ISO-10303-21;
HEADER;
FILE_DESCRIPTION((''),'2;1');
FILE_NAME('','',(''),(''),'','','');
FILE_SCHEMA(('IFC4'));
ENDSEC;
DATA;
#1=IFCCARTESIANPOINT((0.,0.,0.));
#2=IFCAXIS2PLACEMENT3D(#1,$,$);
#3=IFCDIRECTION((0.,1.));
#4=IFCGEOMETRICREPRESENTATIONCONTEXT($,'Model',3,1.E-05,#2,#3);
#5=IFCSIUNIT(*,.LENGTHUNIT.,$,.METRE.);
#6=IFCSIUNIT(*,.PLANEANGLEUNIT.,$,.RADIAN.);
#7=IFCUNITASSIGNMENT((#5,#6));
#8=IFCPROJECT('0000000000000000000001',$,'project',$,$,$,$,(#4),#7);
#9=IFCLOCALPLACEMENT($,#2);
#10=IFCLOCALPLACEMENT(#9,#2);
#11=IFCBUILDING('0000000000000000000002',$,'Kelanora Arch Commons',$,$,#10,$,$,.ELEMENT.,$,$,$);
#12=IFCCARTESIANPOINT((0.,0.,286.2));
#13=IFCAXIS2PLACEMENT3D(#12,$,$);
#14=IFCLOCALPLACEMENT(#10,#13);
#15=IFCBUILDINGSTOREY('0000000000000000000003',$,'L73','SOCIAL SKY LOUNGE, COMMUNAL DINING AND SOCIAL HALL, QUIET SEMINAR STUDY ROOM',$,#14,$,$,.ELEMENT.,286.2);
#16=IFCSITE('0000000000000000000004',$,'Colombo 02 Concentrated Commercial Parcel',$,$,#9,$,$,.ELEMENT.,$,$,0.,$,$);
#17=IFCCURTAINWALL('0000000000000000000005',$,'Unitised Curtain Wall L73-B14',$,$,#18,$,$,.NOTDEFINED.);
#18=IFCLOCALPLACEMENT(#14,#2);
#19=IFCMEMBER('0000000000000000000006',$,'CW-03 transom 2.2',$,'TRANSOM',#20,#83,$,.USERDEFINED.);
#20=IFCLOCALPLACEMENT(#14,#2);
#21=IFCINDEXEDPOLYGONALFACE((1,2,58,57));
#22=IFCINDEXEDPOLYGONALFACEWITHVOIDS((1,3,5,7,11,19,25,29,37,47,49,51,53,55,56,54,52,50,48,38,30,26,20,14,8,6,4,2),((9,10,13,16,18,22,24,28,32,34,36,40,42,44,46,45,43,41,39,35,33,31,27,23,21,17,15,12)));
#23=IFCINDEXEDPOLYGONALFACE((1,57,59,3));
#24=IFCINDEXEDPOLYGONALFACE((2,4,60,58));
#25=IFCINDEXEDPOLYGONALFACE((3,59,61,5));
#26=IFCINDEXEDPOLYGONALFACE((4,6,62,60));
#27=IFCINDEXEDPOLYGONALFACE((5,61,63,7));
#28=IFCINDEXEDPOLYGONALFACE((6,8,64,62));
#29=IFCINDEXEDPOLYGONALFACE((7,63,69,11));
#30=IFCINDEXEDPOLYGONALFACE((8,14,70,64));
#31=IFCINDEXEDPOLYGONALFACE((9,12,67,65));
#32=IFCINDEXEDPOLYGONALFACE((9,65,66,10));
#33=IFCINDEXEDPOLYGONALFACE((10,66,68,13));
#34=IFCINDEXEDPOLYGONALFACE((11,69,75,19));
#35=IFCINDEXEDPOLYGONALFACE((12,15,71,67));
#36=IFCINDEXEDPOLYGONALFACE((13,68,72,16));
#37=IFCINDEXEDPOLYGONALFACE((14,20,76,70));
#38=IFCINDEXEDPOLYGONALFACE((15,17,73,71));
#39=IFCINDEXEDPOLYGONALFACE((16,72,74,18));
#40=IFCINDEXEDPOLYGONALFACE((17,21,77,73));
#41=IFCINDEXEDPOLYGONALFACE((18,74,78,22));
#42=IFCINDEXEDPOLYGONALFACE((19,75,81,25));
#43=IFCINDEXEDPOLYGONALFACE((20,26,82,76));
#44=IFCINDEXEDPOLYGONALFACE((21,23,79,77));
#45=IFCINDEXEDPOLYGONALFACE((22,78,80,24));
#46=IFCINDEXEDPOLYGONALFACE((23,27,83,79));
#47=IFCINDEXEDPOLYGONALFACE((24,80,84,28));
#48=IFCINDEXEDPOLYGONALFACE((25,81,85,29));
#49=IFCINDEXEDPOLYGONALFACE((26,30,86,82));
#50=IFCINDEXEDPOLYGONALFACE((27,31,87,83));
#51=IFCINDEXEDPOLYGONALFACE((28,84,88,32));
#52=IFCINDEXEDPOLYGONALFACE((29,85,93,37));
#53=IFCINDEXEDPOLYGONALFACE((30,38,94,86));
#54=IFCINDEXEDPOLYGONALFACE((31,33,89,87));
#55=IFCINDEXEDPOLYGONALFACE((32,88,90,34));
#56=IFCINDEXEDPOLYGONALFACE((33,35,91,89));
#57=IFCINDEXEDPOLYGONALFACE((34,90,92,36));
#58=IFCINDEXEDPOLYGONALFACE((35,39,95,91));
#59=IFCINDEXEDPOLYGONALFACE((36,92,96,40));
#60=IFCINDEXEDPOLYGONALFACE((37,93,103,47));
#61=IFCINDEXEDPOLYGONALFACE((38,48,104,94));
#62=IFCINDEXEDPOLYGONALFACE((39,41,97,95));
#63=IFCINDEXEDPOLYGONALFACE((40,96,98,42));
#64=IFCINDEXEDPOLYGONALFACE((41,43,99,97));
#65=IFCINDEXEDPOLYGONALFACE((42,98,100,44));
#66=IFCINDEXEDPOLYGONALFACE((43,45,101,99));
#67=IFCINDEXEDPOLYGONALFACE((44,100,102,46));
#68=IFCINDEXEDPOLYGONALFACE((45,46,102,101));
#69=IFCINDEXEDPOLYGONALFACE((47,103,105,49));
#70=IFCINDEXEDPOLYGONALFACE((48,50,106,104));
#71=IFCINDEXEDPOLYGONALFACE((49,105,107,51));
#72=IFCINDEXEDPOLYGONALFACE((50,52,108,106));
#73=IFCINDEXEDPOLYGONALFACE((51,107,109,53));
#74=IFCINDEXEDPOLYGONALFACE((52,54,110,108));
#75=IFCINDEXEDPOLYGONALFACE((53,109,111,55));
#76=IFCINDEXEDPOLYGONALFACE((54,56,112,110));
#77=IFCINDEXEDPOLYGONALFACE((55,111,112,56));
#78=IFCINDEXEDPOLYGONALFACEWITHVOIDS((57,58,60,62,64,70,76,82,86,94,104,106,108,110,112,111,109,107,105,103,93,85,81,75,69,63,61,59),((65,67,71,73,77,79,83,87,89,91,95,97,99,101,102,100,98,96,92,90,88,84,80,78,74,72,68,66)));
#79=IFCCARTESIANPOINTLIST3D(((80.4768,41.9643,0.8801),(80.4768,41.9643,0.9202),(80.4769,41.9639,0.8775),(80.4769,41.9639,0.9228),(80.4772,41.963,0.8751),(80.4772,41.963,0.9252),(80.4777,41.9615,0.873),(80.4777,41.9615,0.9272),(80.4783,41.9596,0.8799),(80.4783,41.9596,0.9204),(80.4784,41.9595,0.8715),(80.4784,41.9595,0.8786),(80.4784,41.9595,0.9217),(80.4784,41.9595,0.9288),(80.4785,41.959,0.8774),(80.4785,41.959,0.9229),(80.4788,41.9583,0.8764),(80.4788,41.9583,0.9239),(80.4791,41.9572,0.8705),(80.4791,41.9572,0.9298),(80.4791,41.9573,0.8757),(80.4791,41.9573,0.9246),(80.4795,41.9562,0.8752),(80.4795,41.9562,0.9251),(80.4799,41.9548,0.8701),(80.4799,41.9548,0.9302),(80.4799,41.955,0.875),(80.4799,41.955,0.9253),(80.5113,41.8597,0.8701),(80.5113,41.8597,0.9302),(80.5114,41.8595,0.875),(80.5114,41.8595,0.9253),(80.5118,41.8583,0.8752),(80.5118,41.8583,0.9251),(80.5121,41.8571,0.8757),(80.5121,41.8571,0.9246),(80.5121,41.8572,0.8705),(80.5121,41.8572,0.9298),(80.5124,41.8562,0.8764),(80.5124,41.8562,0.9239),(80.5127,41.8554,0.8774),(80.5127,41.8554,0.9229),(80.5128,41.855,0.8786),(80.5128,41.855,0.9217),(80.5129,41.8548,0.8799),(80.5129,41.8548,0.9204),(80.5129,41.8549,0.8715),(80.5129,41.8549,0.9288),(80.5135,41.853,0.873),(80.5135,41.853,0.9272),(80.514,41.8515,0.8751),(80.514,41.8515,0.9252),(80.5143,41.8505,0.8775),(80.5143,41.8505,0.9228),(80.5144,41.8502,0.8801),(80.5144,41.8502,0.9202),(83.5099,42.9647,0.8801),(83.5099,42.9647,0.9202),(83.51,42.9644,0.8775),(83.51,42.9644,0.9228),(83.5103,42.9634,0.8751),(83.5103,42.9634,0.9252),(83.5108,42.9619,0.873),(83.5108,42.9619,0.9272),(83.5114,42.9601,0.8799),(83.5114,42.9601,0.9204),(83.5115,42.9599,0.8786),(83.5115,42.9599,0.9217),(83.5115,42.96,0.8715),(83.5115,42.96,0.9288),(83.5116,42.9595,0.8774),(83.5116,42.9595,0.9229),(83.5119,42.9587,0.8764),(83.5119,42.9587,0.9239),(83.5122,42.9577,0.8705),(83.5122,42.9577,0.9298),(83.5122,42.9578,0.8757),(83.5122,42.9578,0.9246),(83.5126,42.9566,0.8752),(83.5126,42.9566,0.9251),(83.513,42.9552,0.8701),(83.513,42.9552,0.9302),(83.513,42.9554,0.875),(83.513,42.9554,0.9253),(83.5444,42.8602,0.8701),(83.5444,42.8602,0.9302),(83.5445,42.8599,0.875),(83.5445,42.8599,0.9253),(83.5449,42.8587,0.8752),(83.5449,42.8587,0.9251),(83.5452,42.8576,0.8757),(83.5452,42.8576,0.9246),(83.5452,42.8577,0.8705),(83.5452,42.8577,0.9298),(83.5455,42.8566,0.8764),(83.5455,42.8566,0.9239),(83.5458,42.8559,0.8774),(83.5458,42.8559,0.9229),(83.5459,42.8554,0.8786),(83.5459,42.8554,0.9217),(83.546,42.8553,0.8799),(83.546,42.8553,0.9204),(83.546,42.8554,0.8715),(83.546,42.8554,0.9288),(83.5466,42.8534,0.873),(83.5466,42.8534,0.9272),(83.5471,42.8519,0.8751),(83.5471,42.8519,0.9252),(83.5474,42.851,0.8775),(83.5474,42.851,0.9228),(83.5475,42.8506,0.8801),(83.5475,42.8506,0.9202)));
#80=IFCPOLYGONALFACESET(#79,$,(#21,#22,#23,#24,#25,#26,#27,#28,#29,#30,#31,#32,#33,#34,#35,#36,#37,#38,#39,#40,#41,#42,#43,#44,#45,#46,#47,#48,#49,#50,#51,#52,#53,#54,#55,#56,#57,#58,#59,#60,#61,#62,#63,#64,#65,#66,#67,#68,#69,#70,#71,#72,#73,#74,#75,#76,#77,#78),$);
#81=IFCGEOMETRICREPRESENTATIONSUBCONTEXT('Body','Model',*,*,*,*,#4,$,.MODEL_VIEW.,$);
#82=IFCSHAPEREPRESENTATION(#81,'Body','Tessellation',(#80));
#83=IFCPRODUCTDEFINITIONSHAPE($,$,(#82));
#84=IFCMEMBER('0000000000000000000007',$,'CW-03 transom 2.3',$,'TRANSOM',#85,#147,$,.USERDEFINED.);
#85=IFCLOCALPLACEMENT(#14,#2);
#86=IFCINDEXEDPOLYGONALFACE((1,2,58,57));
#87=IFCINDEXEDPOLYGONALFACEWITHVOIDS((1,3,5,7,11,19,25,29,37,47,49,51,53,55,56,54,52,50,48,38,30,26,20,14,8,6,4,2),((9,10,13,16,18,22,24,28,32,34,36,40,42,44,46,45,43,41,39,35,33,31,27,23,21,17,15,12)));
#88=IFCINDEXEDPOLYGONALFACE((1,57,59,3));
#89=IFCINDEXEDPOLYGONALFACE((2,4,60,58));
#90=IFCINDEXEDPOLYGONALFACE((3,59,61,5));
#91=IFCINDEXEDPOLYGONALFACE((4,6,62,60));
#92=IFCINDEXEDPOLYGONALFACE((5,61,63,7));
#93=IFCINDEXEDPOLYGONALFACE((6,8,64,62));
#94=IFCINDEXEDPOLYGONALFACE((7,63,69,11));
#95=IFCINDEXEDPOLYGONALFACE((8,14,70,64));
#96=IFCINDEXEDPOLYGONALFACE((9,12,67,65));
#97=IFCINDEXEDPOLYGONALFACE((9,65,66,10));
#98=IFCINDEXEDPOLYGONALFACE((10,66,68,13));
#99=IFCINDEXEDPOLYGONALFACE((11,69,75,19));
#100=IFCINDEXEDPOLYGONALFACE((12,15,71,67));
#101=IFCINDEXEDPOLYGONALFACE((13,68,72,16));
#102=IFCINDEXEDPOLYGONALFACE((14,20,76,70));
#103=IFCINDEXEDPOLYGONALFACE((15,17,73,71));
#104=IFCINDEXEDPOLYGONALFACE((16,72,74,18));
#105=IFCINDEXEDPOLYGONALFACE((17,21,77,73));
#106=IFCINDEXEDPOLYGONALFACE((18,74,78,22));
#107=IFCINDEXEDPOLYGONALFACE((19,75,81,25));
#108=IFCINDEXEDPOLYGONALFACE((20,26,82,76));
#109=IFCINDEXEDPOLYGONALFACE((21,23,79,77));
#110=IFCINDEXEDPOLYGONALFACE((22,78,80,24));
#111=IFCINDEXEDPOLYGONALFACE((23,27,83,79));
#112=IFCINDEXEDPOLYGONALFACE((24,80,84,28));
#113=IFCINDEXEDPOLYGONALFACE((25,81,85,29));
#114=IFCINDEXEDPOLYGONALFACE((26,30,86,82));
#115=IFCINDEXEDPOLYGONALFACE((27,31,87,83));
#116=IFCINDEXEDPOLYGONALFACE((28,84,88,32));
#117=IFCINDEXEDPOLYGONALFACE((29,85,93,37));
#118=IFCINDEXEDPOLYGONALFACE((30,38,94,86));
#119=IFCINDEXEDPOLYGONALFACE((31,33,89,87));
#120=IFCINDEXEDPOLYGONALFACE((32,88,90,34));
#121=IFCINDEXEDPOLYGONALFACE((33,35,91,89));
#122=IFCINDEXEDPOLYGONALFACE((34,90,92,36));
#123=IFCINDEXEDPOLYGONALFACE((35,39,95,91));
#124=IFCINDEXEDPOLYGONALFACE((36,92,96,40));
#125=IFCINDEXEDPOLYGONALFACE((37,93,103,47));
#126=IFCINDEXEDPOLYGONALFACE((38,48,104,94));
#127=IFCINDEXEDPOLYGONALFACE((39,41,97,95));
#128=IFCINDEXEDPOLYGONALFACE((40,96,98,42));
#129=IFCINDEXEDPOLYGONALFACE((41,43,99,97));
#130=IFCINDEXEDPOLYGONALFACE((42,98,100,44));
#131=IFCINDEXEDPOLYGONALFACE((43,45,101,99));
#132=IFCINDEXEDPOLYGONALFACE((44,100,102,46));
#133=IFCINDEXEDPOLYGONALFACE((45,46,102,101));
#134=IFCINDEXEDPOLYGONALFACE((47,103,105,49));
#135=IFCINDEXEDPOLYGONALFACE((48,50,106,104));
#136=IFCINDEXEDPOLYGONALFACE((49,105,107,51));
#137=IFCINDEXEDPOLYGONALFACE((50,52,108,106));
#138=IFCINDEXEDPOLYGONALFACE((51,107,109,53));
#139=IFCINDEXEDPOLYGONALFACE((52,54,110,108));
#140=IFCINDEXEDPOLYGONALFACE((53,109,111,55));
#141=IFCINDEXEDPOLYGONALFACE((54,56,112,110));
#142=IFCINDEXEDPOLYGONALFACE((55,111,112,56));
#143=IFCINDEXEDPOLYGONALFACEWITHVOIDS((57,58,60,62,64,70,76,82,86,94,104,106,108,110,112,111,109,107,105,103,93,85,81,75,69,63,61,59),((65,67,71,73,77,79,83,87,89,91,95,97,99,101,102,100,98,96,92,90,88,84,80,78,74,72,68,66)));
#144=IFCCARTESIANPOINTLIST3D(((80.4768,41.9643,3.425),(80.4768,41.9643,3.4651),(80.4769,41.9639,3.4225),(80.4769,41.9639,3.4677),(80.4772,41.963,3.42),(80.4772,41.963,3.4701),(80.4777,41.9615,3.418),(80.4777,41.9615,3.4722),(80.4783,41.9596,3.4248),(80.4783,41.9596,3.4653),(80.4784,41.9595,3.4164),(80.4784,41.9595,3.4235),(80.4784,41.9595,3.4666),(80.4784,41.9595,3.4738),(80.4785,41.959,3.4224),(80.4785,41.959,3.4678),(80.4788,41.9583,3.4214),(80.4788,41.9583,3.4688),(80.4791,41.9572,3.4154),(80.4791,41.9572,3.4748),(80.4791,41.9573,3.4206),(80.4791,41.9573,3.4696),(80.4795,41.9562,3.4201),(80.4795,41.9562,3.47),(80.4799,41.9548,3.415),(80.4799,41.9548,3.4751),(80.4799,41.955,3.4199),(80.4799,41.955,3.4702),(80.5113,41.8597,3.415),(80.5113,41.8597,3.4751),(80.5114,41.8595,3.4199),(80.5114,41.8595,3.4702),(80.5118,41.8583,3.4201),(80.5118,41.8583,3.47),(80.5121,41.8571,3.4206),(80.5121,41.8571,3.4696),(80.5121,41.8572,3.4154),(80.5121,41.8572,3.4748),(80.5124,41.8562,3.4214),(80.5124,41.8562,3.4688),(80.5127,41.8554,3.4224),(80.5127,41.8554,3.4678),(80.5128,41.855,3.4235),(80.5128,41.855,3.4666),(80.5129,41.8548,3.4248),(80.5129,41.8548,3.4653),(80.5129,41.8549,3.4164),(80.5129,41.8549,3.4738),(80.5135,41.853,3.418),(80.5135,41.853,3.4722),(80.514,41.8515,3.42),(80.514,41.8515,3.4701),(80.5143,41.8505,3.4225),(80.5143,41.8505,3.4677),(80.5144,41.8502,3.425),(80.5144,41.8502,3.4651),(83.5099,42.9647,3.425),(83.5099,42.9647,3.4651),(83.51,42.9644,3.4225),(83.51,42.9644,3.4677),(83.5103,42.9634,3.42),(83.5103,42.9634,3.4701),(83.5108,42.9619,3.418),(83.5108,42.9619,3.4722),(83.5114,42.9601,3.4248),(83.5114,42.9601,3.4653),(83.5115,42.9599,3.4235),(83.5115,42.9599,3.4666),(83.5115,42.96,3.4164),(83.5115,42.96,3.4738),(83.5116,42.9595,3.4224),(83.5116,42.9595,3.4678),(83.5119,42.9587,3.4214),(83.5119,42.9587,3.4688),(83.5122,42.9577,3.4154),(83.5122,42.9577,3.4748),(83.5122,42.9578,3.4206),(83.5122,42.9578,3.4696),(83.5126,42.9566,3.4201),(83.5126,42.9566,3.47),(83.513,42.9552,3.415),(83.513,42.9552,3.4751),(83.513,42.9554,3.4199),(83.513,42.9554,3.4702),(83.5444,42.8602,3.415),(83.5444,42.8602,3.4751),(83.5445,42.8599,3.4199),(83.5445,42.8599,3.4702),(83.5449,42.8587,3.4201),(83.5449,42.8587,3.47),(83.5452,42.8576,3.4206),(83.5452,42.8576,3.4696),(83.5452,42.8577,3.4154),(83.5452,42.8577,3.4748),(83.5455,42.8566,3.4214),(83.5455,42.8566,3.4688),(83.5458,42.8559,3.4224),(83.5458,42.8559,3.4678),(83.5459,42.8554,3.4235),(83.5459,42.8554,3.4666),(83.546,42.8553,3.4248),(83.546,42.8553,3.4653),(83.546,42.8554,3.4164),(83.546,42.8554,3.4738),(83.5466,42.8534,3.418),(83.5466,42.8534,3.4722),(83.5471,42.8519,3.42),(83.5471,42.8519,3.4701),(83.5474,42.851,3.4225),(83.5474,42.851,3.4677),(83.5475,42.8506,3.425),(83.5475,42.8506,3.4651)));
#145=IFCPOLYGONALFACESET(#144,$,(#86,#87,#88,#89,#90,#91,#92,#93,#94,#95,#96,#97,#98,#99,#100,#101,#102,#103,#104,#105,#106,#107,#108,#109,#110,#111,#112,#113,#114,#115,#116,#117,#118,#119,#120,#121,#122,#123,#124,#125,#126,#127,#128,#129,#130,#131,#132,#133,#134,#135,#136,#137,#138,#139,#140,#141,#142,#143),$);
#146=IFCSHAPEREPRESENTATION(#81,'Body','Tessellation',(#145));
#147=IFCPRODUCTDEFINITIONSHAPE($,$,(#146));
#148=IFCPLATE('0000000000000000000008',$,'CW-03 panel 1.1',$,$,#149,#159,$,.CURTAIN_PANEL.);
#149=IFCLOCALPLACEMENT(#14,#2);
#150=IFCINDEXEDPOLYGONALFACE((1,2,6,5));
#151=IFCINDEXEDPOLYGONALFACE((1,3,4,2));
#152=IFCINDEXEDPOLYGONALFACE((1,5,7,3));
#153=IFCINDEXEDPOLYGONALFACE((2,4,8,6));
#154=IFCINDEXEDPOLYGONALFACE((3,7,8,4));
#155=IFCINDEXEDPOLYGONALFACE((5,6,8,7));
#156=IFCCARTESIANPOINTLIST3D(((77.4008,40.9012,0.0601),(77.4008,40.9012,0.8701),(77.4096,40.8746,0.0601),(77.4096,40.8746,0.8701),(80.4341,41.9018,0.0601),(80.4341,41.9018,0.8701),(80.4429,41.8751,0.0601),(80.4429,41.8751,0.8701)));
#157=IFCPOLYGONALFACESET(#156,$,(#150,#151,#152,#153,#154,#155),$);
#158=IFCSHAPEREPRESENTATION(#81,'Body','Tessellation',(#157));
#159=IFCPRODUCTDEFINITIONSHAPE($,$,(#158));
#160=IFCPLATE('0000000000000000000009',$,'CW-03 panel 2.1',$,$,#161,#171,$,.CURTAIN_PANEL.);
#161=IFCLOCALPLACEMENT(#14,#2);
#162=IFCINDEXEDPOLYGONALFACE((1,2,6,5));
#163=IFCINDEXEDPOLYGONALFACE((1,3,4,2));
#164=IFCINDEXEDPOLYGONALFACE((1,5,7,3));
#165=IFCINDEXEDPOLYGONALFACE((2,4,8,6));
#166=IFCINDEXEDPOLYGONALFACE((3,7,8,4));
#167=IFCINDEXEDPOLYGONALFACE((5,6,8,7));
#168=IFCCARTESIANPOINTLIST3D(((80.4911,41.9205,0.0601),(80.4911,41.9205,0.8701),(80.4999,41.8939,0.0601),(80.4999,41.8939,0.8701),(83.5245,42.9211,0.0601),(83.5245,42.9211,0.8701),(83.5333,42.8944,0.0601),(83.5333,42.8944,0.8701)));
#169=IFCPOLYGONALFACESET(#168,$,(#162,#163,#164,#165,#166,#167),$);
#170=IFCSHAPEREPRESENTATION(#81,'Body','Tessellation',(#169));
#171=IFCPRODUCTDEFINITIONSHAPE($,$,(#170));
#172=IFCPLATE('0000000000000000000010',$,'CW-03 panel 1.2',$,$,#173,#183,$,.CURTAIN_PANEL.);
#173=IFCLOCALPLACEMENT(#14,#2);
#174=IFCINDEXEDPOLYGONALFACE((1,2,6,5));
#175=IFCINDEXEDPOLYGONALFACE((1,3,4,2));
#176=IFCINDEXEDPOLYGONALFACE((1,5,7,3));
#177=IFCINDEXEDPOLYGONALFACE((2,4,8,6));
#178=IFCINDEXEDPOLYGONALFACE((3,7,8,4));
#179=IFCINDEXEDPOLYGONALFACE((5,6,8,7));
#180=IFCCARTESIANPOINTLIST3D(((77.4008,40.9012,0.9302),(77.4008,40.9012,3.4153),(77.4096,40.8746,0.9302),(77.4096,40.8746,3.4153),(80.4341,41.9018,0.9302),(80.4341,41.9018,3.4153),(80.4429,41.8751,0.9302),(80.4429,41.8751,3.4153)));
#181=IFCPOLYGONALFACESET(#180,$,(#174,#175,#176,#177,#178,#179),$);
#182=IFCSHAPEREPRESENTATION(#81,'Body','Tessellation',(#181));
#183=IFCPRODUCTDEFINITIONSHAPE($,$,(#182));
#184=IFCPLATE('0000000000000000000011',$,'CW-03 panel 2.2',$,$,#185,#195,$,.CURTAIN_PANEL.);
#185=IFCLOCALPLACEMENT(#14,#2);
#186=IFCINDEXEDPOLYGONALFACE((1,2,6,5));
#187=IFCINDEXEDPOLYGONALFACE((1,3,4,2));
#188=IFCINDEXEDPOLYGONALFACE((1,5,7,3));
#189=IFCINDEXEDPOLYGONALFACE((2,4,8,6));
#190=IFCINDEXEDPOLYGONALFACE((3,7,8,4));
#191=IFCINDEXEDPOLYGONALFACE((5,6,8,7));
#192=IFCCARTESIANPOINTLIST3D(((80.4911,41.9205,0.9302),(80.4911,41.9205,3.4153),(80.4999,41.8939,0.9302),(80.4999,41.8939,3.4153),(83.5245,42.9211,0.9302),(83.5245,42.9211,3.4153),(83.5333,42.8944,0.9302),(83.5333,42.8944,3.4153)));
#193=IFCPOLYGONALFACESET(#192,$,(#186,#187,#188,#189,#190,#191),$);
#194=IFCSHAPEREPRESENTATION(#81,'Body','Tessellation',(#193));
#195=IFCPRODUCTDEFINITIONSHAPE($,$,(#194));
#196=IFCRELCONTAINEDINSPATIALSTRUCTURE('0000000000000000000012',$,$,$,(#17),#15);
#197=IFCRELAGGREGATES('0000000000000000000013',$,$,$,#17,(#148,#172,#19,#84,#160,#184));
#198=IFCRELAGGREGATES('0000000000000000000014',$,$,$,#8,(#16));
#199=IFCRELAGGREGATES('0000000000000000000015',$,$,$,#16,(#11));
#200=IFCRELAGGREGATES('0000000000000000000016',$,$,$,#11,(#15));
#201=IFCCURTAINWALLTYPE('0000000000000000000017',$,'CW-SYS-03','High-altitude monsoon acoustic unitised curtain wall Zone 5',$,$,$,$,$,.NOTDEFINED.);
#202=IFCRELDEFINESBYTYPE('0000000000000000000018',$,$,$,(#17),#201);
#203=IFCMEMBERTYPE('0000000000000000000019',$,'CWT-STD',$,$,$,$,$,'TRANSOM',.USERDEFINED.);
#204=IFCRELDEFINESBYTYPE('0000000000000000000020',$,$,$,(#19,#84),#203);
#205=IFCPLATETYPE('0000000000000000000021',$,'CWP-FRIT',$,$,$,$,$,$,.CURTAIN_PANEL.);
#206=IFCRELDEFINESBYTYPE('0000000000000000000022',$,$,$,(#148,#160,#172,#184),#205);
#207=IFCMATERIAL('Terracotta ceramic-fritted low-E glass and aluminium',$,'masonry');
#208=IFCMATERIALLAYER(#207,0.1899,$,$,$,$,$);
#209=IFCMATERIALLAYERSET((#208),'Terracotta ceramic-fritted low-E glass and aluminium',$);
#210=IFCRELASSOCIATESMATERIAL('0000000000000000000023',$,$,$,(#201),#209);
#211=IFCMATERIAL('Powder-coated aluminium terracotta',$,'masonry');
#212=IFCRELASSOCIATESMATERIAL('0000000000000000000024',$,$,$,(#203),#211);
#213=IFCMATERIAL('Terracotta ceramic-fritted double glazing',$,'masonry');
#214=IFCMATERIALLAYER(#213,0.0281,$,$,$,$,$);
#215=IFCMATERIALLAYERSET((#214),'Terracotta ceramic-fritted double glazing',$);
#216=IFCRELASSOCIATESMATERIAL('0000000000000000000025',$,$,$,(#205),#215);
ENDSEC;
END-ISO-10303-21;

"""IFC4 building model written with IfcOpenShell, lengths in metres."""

from ifc_helpers import new_model, si_unit, direction, frame, origin, origin_2d, place, context, subcontext, project, spatial, rectangle, hollow_rectangle, extrude, source, transform, mapped, material, layer, layer_set, material_profile, profile_set, type_object, element, aggregate, save


model = new_model("IFC4")

# Units and contexts
model_context = context("Model", 3, precision=1e-05, world=origin(), true_north=direction((0.0, 1.0)))
body_context = subcontext(model_context, "Body", "Model", "MODEL_VIEW")
ifc_project = project(units=[si_unit("LENGTHUNIT", "METRE"), si_unit("PLANEANGLEUNIT", "RADIAN")], contexts=[model_context])

# Site, building, storey
site_placement = place(None, origin())
site = spatial("IfcSite", under=ifc_project, at=site_placement, Name="Colombo 02 Concentrated Commercial Parcel", CompositionType="ELEMENT", RefElevation=0.0)
building_placement = place(site_placement, origin())
building = spatial("IfcBuilding", under=site, at=building_placement, Name="Kelanora Arch Commons", CompositionType="ELEMENT")
storey_placement = place(building_placement, frame((0.0, 0.0, 286.2)))
storey = spatial("IfcBuildingStorey", under=building, at=storey_placement, Name="L73", Description="SOCIAL SKY LOUNGE, COMMUNAL DINING AND SOCIAL HALL, QUIET SEMINAR STUDY ROOM", CompositionType="ELEMENT", Elevation=286.2)

# Curtain wall, members, plates
ifc_material_1 = material(Name="Terracotta ceramic-fritted low-E glass and aluminium", Category="masonry")
ifc_layer_1 = layer(ifc_material_1, 0.1899)
ifc_layer_set_1 = layer_set([ifc_layer_1], Name="Terracotta ceramic-fritted low-E glass and aluminium")
curtain_wall_type = type_object("IfcCurtainWallType", Name="CW-SYS-03", Description="High-altitude monsoon acoustic unitised curtain wall Zone 5", PredefinedType="NOTDEFINED", material=ifc_layer_set_1)
curtain_wall_placement = place(storey_placement, origin())
curtain_wall = element("IfcCurtainWall", 1, at=curtain_wall_placement, inside=storey, type_object=curtain_wall_type, Name="Unitised Curtain Wall L73-B14", PredefinedType="NOTDEFINED")
ifc_material_2 = material(Name="Powder-coated aluminium terracotta", Category="masonry")
ifc_material_profile_1 = material_profile(ifc_material_2, hollow_rectangle(XDim=0.1201, YDim=0.0601, WallThickness=0.0049, InnerFilletRadius=0.0049, OuterFilletRadius=0.01, at=origin_2d()), Name="CWT120x60")
ifc_profile_set_1 = profile_set([ifc_material_profile_1], Name="Powder-coated aluminium terracotta")
member_type_1 = type_object("IfcMemberType", Name="CWT-STD", ElementType="TRANSOM", PredefinedType="USERDEFINED", material=ifc_profile_set_1)
member_1_placement = place(storey_placement, frame((80.4956, 41.9072, 0.9001), z_axis=(0.949672, 0.313245, 0.0), x_axis=(-0.313245, 0.949672, 0.0)))
member_1 = element("IfcMember", 2, at=member_1_placement, type_object=member_type_1, Name="CW-03 transom 2.2", ObjectType="TRANSOM", PredefinedType="USERDEFINED", context=body_context, shape_type="SweptSolid", body=[
    extrude(hollow_rectangle(XDim=0.1201, YDim=0.0601, WallThickness=0.0049, InnerFilletRadius=0.0049, OuterFilletRadius=0.01, at=origin_2d()), origin(), (0.0, 0.0, 1.0), 3.1938),
])
member_2_placement = place(storey_placement, frame((80.4956, 41.9072, 3.4451), z_axis=(0.949672, 0.313245, 0.0), x_axis=(-0.313245, 0.949672, 0.0)))
member_2 = element("IfcMember", 3, at=member_2_placement, type_object=member_type_1, Name="CW-03 transom 2.3", ObjectType="TRANSOM", PredefinedType="USERDEFINED", context=body_context, shape_type="SweptSolid", body=[
    extrude(hollow_rectangle(XDim=0.1201, YDim=0.0601, WallThickness=0.0049, InnerFilletRadius=0.0049, OuterFilletRadius=0.01, at=origin_2d()), origin(), (0.0, 0.0, 1.0), 3.1938),
])
ifc_material_3 = material(Name="Terracotta ceramic-fritted double glazing", Category="masonry")
ifc_layer_2 = layer(ifc_material_3, 0.0281)
ifc_layer_set_2 = layer_set([ifc_layer_2], Name="Terracotta ceramic-fritted double glazing")
plate_type = type_object("IfcPlateType", Name="CWP-FRIT", PredefinedType="CURTAIN_PANEL", material=ifc_layer_set_2)
shared_shape_1 = source(origin(), body_context, "Body", "SweptSolid", [
    extrude(rectangle(XDim=3.1941, YDim=0.0281, at=origin_2d()), origin(), (0.0, 0.0, 1.0), 0.8101),
])
plate_1_placement = place(storey_placement, frame((78.9219, 41.3882, 0.0601), z_axis=(0.0, 0.0, 1.0), x_axis=(0.94967, 0.313253, 0.0)))
plate_1 = element("IfcPlate", 4, at=plate_1_placement, type_object=plate_type, Name="CW-03 panel 1.1", PredefinedType="CURTAIN_PANEL", context=body_context, shape_type="MappedRepresentation", body=[
    mapped(shared_shape_1, transform((0.0, 0.0, 0.0), scale=1.0)),
])
plate_2_placement = place(storey_placement, frame((82.0122, 42.4075, 0.0601), z_axis=(0.0, 0.0, 1.0), x_axis=(0.94967, 0.313253, 0.0)))
plate_2 = element("IfcPlate", 5, at=plate_2_placement, type_object=plate_type, Name="CW-03 panel 2.1", PredefinedType="CURTAIN_PANEL", context=body_context, shape_type="MappedRepresentation", body=[
    mapped(shared_shape_1, transform((0.0, 0.0, 0.0), scale=1.0)),
])
shared_shape_2 = source(origin(), body_context, "Body", "SweptSolid", [
    extrude(rectangle(XDim=3.1941, YDim=0.0281, at=origin_2d()), origin(), (0.0, 0.0, 1.0), 2.4851),
])
plate_3_placement = place(storey_placement, frame((78.9219, 41.3882, 0.9302), z_axis=(0.0, 0.0, 1.0), x_axis=(0.94967, 0.313253, 0.0)))
plate_3 = element("IfcPlate", 6, at=plate_3_placement, type_object=plate_type, Name="CW-03 panel 1.2", PredefinedType="CURTAIN_PANEL", context=body_context, shape_type="MappedRepresentation", body=[
    mapped(shared_shape_2, transform((0.0, 0.0, 0.0), scale=1.0)),
])
plate_4_placement = place(storey_placement, frame((82.0122, 42.4075, 0.9302), z_axis=(0.0, 0.0, 1.0), x_axis=(0.94967, 0.313253, 0.0)))
plate_4 = element("IfcPlate", 7, at=plate_4_placement, type_object=plate_type, Name="CW-03 panel 2.2", PredefinedType="CURTAIN_PANEL", context=body_context, shape_type="MappedRepresentation", body=[
    mapped(shared_shape_2, transform((0.0, 0.0, 0.0), scale=1.0)),
])
aggregate(curtain_wall, [plate_1, plate_3, member_1, member_2, plate_2, plate_4])

save(model, "model.ifc")
